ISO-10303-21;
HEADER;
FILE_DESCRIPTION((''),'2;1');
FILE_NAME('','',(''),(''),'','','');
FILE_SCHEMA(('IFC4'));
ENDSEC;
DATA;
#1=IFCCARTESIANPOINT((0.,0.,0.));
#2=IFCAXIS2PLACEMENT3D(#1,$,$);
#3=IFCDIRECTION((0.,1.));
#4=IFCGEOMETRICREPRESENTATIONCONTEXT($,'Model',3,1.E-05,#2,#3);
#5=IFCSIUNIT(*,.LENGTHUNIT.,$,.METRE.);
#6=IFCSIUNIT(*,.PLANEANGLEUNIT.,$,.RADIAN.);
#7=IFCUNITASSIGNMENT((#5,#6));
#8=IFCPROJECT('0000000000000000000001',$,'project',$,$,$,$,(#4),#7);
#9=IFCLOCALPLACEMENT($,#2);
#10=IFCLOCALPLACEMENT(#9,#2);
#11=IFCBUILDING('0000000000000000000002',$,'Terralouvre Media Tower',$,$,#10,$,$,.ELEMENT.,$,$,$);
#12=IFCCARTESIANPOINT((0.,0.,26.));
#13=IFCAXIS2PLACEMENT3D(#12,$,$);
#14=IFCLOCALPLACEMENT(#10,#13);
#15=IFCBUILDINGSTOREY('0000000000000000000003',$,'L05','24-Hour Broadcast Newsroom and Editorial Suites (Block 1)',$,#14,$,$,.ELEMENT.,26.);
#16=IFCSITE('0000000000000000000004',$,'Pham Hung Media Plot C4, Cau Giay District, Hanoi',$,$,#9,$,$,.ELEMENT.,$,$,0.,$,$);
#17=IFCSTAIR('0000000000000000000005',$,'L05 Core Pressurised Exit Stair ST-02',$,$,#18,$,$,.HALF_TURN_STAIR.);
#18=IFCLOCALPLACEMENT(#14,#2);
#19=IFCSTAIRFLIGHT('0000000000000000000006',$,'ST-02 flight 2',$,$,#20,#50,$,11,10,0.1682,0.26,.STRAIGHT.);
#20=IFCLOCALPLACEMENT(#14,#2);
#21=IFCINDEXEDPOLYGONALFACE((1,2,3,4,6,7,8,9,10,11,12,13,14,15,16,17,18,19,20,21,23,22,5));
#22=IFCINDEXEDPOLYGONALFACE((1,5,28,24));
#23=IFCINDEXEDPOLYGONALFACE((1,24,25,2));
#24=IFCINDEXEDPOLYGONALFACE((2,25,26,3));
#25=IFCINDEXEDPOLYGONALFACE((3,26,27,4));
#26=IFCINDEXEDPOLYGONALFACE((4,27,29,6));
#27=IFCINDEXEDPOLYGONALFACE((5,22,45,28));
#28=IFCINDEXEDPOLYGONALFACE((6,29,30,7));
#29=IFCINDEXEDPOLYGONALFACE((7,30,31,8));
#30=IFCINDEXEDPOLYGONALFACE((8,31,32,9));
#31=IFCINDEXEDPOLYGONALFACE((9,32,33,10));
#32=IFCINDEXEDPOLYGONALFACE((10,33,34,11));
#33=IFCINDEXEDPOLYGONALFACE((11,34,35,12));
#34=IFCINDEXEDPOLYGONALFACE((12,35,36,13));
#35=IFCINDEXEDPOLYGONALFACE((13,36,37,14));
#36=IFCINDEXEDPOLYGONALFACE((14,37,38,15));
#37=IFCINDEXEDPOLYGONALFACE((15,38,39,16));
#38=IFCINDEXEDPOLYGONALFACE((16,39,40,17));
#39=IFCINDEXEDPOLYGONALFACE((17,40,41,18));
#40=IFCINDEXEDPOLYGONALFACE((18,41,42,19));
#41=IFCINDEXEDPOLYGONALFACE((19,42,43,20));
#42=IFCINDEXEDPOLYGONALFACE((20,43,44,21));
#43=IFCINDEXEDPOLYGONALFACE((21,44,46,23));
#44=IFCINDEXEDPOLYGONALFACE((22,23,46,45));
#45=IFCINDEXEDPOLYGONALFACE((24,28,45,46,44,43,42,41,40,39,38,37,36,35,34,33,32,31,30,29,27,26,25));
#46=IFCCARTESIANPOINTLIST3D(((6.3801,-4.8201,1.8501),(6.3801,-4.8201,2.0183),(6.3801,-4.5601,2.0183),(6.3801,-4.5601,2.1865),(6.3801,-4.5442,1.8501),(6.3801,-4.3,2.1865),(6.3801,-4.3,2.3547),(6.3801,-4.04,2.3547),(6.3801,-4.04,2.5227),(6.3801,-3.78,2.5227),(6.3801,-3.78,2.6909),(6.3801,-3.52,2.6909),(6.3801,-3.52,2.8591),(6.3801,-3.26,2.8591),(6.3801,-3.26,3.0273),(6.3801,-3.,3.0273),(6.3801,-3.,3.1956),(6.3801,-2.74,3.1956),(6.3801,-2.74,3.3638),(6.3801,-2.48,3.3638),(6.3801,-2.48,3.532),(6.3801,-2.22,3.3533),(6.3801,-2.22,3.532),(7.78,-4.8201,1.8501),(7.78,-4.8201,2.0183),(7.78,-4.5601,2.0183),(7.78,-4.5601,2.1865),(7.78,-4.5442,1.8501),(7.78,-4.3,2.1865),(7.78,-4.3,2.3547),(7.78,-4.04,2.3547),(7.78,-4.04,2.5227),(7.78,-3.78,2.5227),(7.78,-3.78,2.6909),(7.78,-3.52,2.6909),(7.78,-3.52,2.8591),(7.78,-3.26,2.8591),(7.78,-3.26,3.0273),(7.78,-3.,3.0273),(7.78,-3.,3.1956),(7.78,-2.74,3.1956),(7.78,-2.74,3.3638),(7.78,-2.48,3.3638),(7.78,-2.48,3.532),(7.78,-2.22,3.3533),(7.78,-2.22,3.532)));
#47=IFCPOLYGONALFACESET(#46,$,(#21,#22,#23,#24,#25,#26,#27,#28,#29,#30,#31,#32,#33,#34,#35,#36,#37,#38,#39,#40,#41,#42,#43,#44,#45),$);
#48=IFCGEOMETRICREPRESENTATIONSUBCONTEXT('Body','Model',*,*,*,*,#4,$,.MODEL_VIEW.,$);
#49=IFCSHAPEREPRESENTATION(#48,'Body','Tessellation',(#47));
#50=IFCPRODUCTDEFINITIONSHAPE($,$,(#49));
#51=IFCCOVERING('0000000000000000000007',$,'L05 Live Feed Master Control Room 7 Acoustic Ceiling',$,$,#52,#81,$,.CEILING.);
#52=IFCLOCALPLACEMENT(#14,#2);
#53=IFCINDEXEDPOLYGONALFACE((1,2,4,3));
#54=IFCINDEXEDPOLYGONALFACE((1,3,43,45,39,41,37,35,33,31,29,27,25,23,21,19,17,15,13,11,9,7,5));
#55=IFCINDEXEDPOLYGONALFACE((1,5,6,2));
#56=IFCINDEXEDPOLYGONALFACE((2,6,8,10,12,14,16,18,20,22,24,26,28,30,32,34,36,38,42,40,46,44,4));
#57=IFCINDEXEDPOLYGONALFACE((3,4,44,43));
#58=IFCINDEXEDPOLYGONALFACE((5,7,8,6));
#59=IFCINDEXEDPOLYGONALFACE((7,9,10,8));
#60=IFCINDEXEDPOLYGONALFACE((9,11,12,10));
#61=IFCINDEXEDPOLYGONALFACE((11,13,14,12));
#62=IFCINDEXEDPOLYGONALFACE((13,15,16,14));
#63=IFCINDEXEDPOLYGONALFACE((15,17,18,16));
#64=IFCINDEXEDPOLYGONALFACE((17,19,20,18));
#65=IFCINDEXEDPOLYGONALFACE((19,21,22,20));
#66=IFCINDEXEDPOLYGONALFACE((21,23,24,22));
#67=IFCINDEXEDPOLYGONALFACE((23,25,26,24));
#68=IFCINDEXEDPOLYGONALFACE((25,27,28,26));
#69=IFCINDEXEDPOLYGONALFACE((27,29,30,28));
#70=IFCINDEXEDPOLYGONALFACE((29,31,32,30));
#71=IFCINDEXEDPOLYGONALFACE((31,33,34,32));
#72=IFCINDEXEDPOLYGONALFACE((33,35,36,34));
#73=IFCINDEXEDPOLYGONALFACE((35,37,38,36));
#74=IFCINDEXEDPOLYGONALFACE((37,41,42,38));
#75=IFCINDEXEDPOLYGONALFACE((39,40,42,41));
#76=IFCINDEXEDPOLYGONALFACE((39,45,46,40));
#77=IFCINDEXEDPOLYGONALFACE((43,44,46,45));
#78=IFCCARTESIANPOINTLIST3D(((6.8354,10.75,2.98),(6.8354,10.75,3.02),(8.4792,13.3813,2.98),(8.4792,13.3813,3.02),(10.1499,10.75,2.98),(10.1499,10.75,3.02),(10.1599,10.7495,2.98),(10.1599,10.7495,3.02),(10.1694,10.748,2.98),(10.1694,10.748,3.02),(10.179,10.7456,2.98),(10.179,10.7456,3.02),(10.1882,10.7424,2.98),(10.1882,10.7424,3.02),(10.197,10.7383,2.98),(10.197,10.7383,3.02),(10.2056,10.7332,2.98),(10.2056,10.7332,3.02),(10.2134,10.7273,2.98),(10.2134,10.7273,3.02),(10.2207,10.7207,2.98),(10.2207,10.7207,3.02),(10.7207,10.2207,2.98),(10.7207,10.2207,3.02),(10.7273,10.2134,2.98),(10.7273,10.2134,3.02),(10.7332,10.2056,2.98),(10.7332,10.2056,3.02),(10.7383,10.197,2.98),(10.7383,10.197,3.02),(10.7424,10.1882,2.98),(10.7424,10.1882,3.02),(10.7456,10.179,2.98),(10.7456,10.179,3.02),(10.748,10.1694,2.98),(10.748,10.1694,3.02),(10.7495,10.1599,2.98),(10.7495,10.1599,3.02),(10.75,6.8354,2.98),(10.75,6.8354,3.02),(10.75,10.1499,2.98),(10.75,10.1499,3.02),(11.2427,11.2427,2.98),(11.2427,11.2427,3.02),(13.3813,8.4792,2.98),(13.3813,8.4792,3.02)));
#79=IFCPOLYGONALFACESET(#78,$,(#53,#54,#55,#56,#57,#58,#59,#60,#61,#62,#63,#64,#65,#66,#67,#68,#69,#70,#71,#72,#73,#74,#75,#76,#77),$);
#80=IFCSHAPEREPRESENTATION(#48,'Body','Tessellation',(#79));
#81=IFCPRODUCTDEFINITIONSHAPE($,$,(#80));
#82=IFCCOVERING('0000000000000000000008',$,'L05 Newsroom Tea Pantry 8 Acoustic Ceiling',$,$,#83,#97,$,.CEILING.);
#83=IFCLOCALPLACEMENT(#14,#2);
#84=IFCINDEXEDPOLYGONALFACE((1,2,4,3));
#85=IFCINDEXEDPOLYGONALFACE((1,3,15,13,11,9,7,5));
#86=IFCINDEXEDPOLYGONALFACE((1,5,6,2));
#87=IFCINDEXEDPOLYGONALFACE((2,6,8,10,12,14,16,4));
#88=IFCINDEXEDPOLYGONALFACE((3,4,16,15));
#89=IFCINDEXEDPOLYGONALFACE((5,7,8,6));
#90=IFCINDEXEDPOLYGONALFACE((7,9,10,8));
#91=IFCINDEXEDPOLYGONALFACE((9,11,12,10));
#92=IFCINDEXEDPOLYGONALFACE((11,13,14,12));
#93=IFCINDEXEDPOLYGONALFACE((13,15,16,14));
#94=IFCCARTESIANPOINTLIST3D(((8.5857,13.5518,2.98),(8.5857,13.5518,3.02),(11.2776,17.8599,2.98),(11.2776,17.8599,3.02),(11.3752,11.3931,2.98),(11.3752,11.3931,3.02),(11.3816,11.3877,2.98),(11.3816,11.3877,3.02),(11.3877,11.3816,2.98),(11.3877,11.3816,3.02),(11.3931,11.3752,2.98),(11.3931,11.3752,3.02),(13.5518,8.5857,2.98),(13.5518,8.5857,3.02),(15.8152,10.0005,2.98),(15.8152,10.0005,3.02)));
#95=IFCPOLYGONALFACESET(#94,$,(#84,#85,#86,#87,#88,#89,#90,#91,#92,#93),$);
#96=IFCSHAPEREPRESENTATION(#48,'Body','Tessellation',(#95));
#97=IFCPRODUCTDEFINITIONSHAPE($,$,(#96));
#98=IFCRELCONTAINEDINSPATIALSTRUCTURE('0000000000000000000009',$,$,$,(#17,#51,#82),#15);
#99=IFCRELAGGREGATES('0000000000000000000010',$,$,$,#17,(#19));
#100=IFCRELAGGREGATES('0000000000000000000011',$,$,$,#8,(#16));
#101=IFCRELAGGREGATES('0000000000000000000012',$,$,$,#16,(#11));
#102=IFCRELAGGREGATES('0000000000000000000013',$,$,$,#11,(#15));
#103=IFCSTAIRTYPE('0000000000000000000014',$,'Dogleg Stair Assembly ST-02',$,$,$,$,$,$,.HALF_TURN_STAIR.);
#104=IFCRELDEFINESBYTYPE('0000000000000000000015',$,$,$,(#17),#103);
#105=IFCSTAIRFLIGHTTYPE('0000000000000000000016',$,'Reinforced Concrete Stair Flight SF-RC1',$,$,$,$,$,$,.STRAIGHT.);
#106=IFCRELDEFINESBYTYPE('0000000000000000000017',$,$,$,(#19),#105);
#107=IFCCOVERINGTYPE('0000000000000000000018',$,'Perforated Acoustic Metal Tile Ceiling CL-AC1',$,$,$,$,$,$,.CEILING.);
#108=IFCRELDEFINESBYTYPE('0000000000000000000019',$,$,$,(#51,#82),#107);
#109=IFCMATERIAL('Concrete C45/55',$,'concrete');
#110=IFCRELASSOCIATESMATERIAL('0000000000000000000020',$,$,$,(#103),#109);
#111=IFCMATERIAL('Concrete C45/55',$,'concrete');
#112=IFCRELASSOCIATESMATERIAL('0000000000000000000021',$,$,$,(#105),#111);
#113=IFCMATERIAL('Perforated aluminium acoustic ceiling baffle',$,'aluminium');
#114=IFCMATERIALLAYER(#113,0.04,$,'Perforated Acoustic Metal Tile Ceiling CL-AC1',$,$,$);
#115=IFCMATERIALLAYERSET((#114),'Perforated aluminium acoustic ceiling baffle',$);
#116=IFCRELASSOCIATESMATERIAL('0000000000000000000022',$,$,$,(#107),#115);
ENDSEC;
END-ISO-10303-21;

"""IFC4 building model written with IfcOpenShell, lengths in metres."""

from ifc_helpers import new_model, si_unit, direction, frame, origin, place, context, subcontext, project, spatial, polyline, outline, extrude, material, layer, layer_set, type_object, element, aggregate, save


model = new_model("IFC4")

# Units and contexts
model_context = context("Model", 3, precision=1e-05, world=origin(), true_north=direction((0.0, 1.0)))
body_context = subcontext(model_context, "Body", "Model", "MODEL_VIEW")
ifc_project = project(units=[si_unit("LENGTHUNIT", "METRE"), si_unit("PLANEANGLEUNIT", "RADIAN")], contexts=[model_context])

# Site, building, storey
site_placement = place(None, origin())
site = spatial("IfcSite", under=ifc_project, at=site_placement, Name="Pham Hung Media Plot C4, Cau Giay District, Hanoi", CompositionType="ELEMENT", RefElevation=0.0)
building_placement = place(site_placement, origin())
building = spatial("IfcBuilding", under=site, at=building_placement, Name="Terralouvre Media Tower", CompositionType="ELEMENT")
storey_placement = place(building_placement, frame((0.0, 0.0, 26.0)))
storey = spatial("IfcBuildingStorey", under=building, at=storey_placement, Name="L05", Description="24-Hour Broadcast Newsroom and Editorial Suites (Block 1)", CompositionType="ELEMENT", Elevation=26.0)

# Stair, stair flight
ifc_material_1 = material(Name="Concrete C45/55", Category="concrete")
stair_type = type_object("IfcStairType", Name="Dogleg Stair Assembly ST-02", PredefinedType="HALF_TURN_STAIR", material=ifc_material_1)
stair_placement = place(storey_placement, origin())
stair = element("IfcStair", 1, at=stair_placement, inside=storey, type_object=stair_type, Name="L05 Core Pressurised Exit Stair ST-02", PredefinedType="HALF_TURN_STAIR")
ifc_material_2 = material(Name="Concrete C45/55", Category="concrete")
stair_flight_type = type_object("IfcStairFlightType", Name="Reinforced Concrete Stair Flight SF-RC1", PredefinedType="STRAIGHT", material=ifc_material_2)
stair_flight_placement = place(storey_placement, frame((7.0801, -4.8201, 1.8501), z_axis=(0.0, 0.0, 1.0), x_axis=(0.0, 1.0, 0.0)))
stair_flight = element("IfcStairFlight", 2, at=stair_flight_placement, type_object=stair_flight_type, Name="ST-02 flight 2", NumberOfRisers=11, NumberOfTreads=10, PredefinedType="STRAIGHT", RiserHeight=0.1682, TreadLength=0.26, context=body_context, shape_type="SweptSolid", body=[
    extrude(outline(polyline([(0.0, 0.0), (0.0, 0.1682), (0.26, 0.1682), (0.26, 0.3364), (0.52, 0.3364), (0.52, 0.5046), (0.78, 0.5046), (0.78, 0.6726), (1.04, 0.6726), (1.04, 0.8408), (1.3, 0.8408), (1.3, 1.009), (1.5601, 1.009), (1.5601, 1.1772), (1.8201, 1.1772), (1.8201, 1.3455), (2.0801, 1.3455), (2.0801, 1.5137), (2.3401, 1.5137), (2.3401, 1.6819), (2.6001, 1.6819), (2.6001, 1.8501), (2.6001, 1.5032), (0.2759, 0.0), (0.0, 0.0)])), frame((0.0, 0.7, 0.0), z_axis=(0.0, -1.0, 0.0), x_axis=(1.0, 0.0, 0.0)), (0.0, 0.0, 1.0), 1.3999),
])
aggregate(stair, [stair_flight])

# Coverings
ifc_material_3 = material(Name="Perforated aluminium acoustic ceiling baffle", Category="aluminium")
ifc_layer_1 = layer(ifc_material_3, 0.04, Name="Perforated Acoustic Metal Tile Ceiling CL-AC1")
ifc_layer_set_1 = layer_set([ifc_layer_1], Name="Perforated aluminium acoustic ceiling baffle")
covering_type = type_object("IfcCoveringType", Name="Perforated Acoustic Metal Tile Ceiling CL-AC1", PredefinedType="CEILING", material=ifc_layer_set_1)
covering_1_placement = place(storey_placement, frame((0.0, 0.0, 2.98)))
element("IfcCovering", 3, at=covering_1_placement, inside=storey, type_object=covering_type, Name="L05 Live Feed Master Control Room 7 Acoustic Ceiling", PredefinedType="CEILING", context=body_context, shape_type="SweptSolid", body=[
    extrude(outline(polyline([(11.2427, 11.2427), (8.4792, 13.3813), (6.8354, 10.75), (10.1499, 10.75), (10.1599, 10.7495), (10.1694, 10.748), (10.179, 10.7456), (10.1882, 10.7424), (10.197, 10.7383), (10.2056, 10.7332), (10.2134, 10.7273), (10.2207, 10.7207), (10.7207, 10.2207), (10.7273, 10.2134), (10.7332, 10.2056), (10.7383, 10.197), (10.7424, 10.1882), (10.7456, 10.179), (10.748, 10.1694), (10.7495, 10.1599), (10.75, 10.1499), (10.75, 6.8354), (13.3813, 8.4792), (11.2427, 11.2427)])), origin(), (0.0, 0.0, 1.0), 0.04),
])
covering_2_placement = place(storey_placement, frame((0.0, 0.0, 2.98)))
element("IfcCovering", 4, at=covering_2_placement, inside=storey, type_object=covering_type, Name="L05 Newsroom Tea Pantry 8 Acoustic Ceiling", PredefinedType="CEILING", context=body_context, shape_type="SweptSolid", body=[
    extrude(outline(polyline([(11.3752, 11.3931), (11.3816, 11.3877), (11.3877, 11.3816), (11.3931, 11.3752), (13.5518, 8.5857), (15.8152, 10.0005), (11.2776, 17.8599), (8.5857, 13.5518), (11.3752, 11.3931)])), origin(), (0.0, 0.0, 1.0), 0.04),
])

save(model, "model.ifc")
